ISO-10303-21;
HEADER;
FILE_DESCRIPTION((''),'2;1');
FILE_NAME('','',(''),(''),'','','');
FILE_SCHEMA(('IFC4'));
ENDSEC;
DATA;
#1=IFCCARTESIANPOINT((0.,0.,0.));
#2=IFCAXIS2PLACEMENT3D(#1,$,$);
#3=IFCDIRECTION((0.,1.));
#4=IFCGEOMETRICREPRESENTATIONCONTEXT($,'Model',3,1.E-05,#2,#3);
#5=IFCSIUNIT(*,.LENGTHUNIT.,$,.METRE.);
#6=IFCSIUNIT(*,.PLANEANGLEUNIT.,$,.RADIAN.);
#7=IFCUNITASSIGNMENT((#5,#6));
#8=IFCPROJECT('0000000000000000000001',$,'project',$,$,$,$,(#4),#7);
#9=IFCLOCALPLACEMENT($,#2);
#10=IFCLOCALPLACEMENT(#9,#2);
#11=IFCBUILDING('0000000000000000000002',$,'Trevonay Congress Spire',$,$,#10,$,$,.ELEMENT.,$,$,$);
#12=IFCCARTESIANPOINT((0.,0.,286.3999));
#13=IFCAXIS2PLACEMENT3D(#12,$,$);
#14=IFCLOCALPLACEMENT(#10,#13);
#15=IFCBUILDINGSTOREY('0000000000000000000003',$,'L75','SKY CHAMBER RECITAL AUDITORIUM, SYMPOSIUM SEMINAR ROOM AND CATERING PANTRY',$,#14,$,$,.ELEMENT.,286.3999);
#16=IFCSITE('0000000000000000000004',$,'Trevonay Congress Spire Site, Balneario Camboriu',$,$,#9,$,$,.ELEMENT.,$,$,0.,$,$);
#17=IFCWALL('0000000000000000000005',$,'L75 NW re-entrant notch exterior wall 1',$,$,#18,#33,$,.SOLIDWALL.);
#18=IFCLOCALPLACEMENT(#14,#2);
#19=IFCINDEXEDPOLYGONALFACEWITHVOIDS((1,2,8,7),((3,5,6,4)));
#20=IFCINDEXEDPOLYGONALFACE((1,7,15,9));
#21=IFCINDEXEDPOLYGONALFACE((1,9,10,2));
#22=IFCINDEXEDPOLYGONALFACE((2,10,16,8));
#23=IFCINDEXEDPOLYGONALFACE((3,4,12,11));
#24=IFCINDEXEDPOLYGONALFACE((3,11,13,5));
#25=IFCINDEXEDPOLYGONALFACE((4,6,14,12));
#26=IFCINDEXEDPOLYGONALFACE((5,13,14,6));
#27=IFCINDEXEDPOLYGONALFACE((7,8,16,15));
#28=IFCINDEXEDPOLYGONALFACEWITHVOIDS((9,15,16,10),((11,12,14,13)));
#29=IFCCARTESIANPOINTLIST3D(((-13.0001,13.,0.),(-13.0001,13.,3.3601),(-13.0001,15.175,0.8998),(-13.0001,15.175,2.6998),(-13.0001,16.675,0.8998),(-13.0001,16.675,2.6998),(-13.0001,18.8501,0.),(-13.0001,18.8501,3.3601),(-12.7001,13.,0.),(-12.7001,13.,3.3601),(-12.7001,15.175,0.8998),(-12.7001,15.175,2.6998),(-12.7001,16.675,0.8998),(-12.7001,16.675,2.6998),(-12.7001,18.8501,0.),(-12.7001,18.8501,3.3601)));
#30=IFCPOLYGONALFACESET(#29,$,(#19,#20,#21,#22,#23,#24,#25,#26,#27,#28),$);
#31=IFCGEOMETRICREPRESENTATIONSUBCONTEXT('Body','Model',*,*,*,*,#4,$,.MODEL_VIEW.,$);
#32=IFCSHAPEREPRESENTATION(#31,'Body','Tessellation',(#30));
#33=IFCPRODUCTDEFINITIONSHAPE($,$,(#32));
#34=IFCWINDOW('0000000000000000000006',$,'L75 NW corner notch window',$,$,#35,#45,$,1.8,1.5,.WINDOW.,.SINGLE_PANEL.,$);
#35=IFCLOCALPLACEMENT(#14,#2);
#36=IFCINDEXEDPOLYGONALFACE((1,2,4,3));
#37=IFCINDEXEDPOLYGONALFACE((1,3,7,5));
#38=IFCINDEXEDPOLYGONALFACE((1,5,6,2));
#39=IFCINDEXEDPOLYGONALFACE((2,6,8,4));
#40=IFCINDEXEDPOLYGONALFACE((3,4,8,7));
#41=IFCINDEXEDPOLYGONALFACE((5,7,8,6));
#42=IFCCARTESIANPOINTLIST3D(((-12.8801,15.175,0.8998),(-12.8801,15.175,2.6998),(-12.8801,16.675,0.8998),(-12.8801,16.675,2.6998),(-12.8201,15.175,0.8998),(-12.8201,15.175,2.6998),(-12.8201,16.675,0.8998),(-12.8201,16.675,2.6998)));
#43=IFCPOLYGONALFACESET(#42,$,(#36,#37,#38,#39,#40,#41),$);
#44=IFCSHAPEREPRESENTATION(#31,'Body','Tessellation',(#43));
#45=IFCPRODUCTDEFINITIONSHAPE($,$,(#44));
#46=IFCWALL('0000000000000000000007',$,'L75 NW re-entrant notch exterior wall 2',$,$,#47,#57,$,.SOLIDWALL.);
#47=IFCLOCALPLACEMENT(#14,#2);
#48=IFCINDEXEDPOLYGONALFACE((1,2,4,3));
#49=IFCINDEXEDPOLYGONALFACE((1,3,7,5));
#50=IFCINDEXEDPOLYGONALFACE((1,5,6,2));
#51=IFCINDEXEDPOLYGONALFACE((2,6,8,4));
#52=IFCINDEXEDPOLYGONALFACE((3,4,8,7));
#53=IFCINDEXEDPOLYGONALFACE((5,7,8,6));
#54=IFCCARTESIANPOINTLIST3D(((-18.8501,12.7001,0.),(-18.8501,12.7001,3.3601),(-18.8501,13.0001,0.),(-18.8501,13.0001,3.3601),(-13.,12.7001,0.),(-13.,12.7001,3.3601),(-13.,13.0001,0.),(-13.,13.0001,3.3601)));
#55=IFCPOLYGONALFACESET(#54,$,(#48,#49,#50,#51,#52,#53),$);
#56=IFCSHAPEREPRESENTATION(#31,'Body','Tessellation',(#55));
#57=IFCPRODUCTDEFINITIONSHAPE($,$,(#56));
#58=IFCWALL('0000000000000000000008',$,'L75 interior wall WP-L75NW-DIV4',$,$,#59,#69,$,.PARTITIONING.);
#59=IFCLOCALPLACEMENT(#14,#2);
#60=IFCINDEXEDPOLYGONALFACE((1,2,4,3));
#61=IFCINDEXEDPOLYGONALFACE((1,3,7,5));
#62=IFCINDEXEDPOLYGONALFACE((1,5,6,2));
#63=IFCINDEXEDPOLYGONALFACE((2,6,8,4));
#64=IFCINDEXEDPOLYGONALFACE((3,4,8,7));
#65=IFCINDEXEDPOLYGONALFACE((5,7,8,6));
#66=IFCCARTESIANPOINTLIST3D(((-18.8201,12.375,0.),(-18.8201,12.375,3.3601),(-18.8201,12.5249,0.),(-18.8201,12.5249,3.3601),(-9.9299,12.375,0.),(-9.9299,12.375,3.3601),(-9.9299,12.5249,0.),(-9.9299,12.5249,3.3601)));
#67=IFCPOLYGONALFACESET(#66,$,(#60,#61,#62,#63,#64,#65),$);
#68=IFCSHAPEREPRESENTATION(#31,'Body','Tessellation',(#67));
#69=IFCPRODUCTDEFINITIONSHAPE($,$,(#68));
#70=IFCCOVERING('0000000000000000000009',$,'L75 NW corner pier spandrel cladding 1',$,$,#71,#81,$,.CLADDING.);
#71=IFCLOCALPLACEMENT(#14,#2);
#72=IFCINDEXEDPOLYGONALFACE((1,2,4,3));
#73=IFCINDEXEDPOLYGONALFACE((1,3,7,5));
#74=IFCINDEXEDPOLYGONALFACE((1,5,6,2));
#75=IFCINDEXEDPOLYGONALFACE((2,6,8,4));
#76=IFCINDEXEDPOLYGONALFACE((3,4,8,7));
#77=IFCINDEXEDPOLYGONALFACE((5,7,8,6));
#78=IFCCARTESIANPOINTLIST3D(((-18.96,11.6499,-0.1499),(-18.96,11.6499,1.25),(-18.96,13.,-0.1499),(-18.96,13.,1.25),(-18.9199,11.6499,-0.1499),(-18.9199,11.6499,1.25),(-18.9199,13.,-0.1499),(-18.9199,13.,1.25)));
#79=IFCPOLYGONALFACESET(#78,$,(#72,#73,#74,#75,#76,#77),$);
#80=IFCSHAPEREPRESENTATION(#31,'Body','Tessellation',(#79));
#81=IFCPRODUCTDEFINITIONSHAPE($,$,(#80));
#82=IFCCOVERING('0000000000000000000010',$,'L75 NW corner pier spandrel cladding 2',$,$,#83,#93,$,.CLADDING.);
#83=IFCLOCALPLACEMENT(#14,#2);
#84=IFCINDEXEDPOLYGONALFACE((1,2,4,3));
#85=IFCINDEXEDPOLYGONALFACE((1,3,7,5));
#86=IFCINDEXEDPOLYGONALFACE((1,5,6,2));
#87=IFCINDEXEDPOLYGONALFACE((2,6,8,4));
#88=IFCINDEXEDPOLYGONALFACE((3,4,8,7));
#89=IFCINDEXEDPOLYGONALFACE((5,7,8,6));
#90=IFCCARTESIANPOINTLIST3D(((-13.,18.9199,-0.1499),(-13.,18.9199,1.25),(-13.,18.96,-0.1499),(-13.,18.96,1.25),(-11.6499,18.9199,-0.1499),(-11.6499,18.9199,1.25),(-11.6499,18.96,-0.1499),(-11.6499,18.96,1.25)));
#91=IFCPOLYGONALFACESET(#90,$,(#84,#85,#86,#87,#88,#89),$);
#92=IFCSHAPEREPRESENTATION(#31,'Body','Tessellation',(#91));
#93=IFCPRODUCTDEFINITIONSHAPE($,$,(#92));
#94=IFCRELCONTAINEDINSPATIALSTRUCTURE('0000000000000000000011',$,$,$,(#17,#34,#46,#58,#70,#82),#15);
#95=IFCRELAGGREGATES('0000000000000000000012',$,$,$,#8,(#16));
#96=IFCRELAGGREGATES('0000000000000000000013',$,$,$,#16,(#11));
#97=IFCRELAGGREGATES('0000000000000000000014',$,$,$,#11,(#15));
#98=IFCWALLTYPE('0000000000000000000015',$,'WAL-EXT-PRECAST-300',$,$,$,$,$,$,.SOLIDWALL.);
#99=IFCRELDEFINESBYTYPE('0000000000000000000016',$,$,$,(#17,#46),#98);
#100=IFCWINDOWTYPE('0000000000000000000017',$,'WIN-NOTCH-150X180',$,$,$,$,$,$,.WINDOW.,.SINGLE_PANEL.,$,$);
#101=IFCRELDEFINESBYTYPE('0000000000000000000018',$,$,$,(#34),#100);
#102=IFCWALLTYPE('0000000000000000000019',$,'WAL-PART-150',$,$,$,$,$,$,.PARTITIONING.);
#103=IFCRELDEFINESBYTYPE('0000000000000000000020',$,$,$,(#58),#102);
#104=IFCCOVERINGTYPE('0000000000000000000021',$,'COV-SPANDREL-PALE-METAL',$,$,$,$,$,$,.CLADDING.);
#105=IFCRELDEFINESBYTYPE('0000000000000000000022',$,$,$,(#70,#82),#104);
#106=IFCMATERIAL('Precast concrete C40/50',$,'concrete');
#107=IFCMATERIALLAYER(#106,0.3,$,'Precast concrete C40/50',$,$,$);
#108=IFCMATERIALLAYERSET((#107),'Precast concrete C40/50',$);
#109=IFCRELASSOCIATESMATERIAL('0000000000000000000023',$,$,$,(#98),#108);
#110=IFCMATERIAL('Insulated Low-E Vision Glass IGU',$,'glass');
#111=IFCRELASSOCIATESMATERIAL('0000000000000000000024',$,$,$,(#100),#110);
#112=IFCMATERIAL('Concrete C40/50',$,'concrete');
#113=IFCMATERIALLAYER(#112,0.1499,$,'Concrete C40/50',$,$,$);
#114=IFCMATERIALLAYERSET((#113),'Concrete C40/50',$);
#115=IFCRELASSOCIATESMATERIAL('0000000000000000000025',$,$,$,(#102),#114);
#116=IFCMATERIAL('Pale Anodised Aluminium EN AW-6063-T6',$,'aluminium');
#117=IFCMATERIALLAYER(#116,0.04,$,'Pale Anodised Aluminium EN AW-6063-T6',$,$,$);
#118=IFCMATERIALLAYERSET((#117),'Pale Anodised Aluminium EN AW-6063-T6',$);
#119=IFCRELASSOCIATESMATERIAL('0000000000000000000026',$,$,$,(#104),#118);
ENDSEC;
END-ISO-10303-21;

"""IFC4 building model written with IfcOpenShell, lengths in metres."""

from ifc_helpers import new_model, si_unit, direction, frame, frame_2d, origin, place, context, subcontext, project, spatial, rectangle, extrude, material, layer, layer_set, type_object, element, fill, save


model = new_model("IFC4")

# Units and contexts
model_context = context("Model", 3, precision=1e-05, world=origin(), true_north=direction((0.0, 1.0)))
body_context = subcontext(model_context, "Body", "Model", "MODEL_VIEW")
ifc_project = project(units=[si_unit("LENGTHUNIT", "METRE"), si_unit("PLANEANGLEUNIT", "RADIAN")], contexts=[model_context])

# Site, building, storey
site_placement = place(None, origin())
site = spatial("IfcSite", under=ifc_project, at=site_placement, Name="Trevonay Congress Spire Site, Balneario Camboriu", CompositionType="ELEMENT", RefElevation=0.0)
building_placement = place(site_placement, origin())
building = spatial("IfcBuilding", under=site, at=building_placement, Name="Trevonay Congress Spire", CompositionType="ELEMENT")
storey_placement = place(building_placement, frame((0.0, 0.0, 286.3999)))
storey = spatial("IfcBuildingStorey", under=building, at=storey_placement, Name="L75", Description="SKY CHAMBER RECITAL AUDITORIUM, SYMPOSIUM SEMINAR ROOM AND CATERING PANTRY", CompositionType="ELEMENT", Elevation=286.3999)

# Shared definitions
ifc_material_1 = material(Name="Pale Anodised Aluminium EN AW-6063-T6", Category="aluminium")

# Shared definitions
ifc_material_2 = material(Name="Insulated Low-E Vision Glass IGU", Category="glass")

# Shared definitions
ifc_material_3 = material(Name="Concrete C40/50", Category="concrete")

# Wall, opening, window
ifc_material_4 = material(Name="Precast concrete C40/50", Category="concrete")
ifc_layer_1 = layer(ifc_material_4, 0.3, Name="Precast concrete C40/50")
ifc_layer_set_1 = layer_set([ifc_layer_1], Name="Precast concrete C40/50")
wall_type_1 = type_object("IfcWallType", Name="WAL-EXT-PRECAST-300", PredefinedType="SOLIDWALL", material=ifc_layer_set_1)
wall_1_placement = place(storey_placement, frame((-12.8501, 18.8501, 0.0), z_axis=(0.0, 0.0, 1.0), x_axis=(0.0, -1.0, 0.0)))
wall_1 = element("IfcWall", 1, at=wall_1_placement, inside=storey, type_object=wall_type_1, Name="L75 NW re-entrant notch exterior wall 1", PredefinedType="SOLIDWALL", context=body_context, shape_type="SweptSolid", body=[
    extrude(rectangle(XDim=5.8501, YDim=0.3, at=frame_2d((2.925, 0.0))), origin(), (0.0, 0.0, 1.0), 3.3601),
])
opening_1_placement = place(wall_1_placement, frame((2.175, 0.0, 0.8999)))
opening_1 = element("IfcOpeningElement", 2, at=opening_1_placement, cuts=wall_1, PredefinedType="OPENING", context=body_context, shape_type="SweptSolid", body=[
    extrude(rectangle(XDim=1.5, YDim=1.8, at=frame_2d((0.75, 0.8999))), frame((0.0, 0.1602, 0.0), z_axis=(0.0, -1.0, 0.0), x_axis=(1.0, 0.0, 0.0)), (0.0, 0.0, 1.0), 0.3201),
])
window_type = type_object("IfcWindowType", Name="WIN-NOTCH-150X180", PartitioningType="SINGLE_PANEL", PredefinedType="WINDOW", material=ifc_material_2)
window_placement = place(opening_1_placement, origin())
window = element("IfcWindow", 3, at=window_placement, inside=storey, type_object=window_type, Name="L75 NW corner notch window", OverallHeight=1.8, OverallWidth=1.5, PartitioningType="SINGLE_PANEL", PredefinedType="WINDOW", context=body_context, shape_type="SweptSolid", body=[
    extrude(rectangle(XDim=1.5, YDim=1.8, at=frame_2d((0.75, 0.8999))), frame((0.0, 0.03, 0.0), z_axis=(0.0, -1.0, 0.0), x_axis=(1.0, 0.0, 0.0)), (0.0, 0.0, 1.0), 0.0601),
])
fill(opening_1, window)

# Walls
wall_2_placement = place(storey_placement, frame((-18.8501, 12.8501, 0.0), z_axis=(0.0, 0.0, 1.0), x_axis=(1.0, 0.0, 0.0)))
element("IfcWall", 4, at=wall_2_placement, inside=storey, type_object=wall_type_1, Name="L75 NW re-entrant notch exterior wall 2", PredefinedType="SOLIDWALL", context=body_context, shape_type="SweptSolid", body=[
    extrude(rectangle(XDim=5.8501, YDim=0.3, at=frame_2d((2.925, 0.0))), origin(), (0.0, 0.0, 1.0), 3.3601),
])
ifc_layer_2 = layer(ifc_material_3, 0.1499, Name="Concrete C40/50")
ifc_layer_set_2 = layer_set([ifc_layer_2], Name="Concrete C40/50")
wall_type_2 = type_object("IfcWallType", Name="WAL-PART-150", PredefinedType="PARTITIONING", material=ifc_layer_set_2)
wall_3_placement = place(storey_placement, frame((-18.8201, 12.45, 0.0), z_axis=(0.0, 0.0, 1.0), x_axis=(1.0, 0.0, 0.0)))
element("IfcWall", 5, at=wall_3_placement, inside=storey, type_object=wall_type_2, Name="L75 interior wall WP-L75NW-DIV4", PredefinedType="PARTITIONING", context=body_context, shape_type="SweptSolid", body=[
    extrude(rectangle(XDim=8.8901, YDim=0.1499, at=frame_2d((4.4451, 0.0))), origin(), (0.0, 0.0, 1.0), 3.3601),
])

# Coverings
ifc_layer_3 = layer(ifc_material_1, 0.04, Name="Pale Anodised Aluminium EN AW-6063-T6")
ifc_layer_set_3 = layer_set([ifc_layer_3], Name="Pale Anodised Aluminium EN AW-6063-T6")
covering_type = type_object("IfcCoveringType", Name="COV-SPANDREL-PALE-METAL", PredefinedType="CLADDING", material=ifc_layer_set_3)
for number, where, z_axis, x_axis, name in (
    (6, (-18.9399, 11.6499, -0.1499), (0.0, 0.0, 1.0), (0.0, 1.0, 0.0), "L75 NW corner pier spandrel cladding 1"),
    (7, (-11.6499, 18.9399, -0.1499), (0.0, 0.0, 1.0), (-1.0, 0.0, 0.0), "L75 NW corner pier spandrel cladding 2"),
):
    element("IfcCovering", number, at=place(storey_placement, frame(where, z_axis=z_axis, x_axis=x_axis)), inside=storey, type_object=covering_type, Name=name, PredefinedType="CLADDING", context=body_context, shape_type="SweptSolid", body=[
        extrude(rectangle(XDim=1.3501, YDim=0.04, at=frame_2d((0.675, 0.0))), origin(), (0.0, 0.0, 1.0), 1.3999),
    ])

save(model, "model.ifc")
